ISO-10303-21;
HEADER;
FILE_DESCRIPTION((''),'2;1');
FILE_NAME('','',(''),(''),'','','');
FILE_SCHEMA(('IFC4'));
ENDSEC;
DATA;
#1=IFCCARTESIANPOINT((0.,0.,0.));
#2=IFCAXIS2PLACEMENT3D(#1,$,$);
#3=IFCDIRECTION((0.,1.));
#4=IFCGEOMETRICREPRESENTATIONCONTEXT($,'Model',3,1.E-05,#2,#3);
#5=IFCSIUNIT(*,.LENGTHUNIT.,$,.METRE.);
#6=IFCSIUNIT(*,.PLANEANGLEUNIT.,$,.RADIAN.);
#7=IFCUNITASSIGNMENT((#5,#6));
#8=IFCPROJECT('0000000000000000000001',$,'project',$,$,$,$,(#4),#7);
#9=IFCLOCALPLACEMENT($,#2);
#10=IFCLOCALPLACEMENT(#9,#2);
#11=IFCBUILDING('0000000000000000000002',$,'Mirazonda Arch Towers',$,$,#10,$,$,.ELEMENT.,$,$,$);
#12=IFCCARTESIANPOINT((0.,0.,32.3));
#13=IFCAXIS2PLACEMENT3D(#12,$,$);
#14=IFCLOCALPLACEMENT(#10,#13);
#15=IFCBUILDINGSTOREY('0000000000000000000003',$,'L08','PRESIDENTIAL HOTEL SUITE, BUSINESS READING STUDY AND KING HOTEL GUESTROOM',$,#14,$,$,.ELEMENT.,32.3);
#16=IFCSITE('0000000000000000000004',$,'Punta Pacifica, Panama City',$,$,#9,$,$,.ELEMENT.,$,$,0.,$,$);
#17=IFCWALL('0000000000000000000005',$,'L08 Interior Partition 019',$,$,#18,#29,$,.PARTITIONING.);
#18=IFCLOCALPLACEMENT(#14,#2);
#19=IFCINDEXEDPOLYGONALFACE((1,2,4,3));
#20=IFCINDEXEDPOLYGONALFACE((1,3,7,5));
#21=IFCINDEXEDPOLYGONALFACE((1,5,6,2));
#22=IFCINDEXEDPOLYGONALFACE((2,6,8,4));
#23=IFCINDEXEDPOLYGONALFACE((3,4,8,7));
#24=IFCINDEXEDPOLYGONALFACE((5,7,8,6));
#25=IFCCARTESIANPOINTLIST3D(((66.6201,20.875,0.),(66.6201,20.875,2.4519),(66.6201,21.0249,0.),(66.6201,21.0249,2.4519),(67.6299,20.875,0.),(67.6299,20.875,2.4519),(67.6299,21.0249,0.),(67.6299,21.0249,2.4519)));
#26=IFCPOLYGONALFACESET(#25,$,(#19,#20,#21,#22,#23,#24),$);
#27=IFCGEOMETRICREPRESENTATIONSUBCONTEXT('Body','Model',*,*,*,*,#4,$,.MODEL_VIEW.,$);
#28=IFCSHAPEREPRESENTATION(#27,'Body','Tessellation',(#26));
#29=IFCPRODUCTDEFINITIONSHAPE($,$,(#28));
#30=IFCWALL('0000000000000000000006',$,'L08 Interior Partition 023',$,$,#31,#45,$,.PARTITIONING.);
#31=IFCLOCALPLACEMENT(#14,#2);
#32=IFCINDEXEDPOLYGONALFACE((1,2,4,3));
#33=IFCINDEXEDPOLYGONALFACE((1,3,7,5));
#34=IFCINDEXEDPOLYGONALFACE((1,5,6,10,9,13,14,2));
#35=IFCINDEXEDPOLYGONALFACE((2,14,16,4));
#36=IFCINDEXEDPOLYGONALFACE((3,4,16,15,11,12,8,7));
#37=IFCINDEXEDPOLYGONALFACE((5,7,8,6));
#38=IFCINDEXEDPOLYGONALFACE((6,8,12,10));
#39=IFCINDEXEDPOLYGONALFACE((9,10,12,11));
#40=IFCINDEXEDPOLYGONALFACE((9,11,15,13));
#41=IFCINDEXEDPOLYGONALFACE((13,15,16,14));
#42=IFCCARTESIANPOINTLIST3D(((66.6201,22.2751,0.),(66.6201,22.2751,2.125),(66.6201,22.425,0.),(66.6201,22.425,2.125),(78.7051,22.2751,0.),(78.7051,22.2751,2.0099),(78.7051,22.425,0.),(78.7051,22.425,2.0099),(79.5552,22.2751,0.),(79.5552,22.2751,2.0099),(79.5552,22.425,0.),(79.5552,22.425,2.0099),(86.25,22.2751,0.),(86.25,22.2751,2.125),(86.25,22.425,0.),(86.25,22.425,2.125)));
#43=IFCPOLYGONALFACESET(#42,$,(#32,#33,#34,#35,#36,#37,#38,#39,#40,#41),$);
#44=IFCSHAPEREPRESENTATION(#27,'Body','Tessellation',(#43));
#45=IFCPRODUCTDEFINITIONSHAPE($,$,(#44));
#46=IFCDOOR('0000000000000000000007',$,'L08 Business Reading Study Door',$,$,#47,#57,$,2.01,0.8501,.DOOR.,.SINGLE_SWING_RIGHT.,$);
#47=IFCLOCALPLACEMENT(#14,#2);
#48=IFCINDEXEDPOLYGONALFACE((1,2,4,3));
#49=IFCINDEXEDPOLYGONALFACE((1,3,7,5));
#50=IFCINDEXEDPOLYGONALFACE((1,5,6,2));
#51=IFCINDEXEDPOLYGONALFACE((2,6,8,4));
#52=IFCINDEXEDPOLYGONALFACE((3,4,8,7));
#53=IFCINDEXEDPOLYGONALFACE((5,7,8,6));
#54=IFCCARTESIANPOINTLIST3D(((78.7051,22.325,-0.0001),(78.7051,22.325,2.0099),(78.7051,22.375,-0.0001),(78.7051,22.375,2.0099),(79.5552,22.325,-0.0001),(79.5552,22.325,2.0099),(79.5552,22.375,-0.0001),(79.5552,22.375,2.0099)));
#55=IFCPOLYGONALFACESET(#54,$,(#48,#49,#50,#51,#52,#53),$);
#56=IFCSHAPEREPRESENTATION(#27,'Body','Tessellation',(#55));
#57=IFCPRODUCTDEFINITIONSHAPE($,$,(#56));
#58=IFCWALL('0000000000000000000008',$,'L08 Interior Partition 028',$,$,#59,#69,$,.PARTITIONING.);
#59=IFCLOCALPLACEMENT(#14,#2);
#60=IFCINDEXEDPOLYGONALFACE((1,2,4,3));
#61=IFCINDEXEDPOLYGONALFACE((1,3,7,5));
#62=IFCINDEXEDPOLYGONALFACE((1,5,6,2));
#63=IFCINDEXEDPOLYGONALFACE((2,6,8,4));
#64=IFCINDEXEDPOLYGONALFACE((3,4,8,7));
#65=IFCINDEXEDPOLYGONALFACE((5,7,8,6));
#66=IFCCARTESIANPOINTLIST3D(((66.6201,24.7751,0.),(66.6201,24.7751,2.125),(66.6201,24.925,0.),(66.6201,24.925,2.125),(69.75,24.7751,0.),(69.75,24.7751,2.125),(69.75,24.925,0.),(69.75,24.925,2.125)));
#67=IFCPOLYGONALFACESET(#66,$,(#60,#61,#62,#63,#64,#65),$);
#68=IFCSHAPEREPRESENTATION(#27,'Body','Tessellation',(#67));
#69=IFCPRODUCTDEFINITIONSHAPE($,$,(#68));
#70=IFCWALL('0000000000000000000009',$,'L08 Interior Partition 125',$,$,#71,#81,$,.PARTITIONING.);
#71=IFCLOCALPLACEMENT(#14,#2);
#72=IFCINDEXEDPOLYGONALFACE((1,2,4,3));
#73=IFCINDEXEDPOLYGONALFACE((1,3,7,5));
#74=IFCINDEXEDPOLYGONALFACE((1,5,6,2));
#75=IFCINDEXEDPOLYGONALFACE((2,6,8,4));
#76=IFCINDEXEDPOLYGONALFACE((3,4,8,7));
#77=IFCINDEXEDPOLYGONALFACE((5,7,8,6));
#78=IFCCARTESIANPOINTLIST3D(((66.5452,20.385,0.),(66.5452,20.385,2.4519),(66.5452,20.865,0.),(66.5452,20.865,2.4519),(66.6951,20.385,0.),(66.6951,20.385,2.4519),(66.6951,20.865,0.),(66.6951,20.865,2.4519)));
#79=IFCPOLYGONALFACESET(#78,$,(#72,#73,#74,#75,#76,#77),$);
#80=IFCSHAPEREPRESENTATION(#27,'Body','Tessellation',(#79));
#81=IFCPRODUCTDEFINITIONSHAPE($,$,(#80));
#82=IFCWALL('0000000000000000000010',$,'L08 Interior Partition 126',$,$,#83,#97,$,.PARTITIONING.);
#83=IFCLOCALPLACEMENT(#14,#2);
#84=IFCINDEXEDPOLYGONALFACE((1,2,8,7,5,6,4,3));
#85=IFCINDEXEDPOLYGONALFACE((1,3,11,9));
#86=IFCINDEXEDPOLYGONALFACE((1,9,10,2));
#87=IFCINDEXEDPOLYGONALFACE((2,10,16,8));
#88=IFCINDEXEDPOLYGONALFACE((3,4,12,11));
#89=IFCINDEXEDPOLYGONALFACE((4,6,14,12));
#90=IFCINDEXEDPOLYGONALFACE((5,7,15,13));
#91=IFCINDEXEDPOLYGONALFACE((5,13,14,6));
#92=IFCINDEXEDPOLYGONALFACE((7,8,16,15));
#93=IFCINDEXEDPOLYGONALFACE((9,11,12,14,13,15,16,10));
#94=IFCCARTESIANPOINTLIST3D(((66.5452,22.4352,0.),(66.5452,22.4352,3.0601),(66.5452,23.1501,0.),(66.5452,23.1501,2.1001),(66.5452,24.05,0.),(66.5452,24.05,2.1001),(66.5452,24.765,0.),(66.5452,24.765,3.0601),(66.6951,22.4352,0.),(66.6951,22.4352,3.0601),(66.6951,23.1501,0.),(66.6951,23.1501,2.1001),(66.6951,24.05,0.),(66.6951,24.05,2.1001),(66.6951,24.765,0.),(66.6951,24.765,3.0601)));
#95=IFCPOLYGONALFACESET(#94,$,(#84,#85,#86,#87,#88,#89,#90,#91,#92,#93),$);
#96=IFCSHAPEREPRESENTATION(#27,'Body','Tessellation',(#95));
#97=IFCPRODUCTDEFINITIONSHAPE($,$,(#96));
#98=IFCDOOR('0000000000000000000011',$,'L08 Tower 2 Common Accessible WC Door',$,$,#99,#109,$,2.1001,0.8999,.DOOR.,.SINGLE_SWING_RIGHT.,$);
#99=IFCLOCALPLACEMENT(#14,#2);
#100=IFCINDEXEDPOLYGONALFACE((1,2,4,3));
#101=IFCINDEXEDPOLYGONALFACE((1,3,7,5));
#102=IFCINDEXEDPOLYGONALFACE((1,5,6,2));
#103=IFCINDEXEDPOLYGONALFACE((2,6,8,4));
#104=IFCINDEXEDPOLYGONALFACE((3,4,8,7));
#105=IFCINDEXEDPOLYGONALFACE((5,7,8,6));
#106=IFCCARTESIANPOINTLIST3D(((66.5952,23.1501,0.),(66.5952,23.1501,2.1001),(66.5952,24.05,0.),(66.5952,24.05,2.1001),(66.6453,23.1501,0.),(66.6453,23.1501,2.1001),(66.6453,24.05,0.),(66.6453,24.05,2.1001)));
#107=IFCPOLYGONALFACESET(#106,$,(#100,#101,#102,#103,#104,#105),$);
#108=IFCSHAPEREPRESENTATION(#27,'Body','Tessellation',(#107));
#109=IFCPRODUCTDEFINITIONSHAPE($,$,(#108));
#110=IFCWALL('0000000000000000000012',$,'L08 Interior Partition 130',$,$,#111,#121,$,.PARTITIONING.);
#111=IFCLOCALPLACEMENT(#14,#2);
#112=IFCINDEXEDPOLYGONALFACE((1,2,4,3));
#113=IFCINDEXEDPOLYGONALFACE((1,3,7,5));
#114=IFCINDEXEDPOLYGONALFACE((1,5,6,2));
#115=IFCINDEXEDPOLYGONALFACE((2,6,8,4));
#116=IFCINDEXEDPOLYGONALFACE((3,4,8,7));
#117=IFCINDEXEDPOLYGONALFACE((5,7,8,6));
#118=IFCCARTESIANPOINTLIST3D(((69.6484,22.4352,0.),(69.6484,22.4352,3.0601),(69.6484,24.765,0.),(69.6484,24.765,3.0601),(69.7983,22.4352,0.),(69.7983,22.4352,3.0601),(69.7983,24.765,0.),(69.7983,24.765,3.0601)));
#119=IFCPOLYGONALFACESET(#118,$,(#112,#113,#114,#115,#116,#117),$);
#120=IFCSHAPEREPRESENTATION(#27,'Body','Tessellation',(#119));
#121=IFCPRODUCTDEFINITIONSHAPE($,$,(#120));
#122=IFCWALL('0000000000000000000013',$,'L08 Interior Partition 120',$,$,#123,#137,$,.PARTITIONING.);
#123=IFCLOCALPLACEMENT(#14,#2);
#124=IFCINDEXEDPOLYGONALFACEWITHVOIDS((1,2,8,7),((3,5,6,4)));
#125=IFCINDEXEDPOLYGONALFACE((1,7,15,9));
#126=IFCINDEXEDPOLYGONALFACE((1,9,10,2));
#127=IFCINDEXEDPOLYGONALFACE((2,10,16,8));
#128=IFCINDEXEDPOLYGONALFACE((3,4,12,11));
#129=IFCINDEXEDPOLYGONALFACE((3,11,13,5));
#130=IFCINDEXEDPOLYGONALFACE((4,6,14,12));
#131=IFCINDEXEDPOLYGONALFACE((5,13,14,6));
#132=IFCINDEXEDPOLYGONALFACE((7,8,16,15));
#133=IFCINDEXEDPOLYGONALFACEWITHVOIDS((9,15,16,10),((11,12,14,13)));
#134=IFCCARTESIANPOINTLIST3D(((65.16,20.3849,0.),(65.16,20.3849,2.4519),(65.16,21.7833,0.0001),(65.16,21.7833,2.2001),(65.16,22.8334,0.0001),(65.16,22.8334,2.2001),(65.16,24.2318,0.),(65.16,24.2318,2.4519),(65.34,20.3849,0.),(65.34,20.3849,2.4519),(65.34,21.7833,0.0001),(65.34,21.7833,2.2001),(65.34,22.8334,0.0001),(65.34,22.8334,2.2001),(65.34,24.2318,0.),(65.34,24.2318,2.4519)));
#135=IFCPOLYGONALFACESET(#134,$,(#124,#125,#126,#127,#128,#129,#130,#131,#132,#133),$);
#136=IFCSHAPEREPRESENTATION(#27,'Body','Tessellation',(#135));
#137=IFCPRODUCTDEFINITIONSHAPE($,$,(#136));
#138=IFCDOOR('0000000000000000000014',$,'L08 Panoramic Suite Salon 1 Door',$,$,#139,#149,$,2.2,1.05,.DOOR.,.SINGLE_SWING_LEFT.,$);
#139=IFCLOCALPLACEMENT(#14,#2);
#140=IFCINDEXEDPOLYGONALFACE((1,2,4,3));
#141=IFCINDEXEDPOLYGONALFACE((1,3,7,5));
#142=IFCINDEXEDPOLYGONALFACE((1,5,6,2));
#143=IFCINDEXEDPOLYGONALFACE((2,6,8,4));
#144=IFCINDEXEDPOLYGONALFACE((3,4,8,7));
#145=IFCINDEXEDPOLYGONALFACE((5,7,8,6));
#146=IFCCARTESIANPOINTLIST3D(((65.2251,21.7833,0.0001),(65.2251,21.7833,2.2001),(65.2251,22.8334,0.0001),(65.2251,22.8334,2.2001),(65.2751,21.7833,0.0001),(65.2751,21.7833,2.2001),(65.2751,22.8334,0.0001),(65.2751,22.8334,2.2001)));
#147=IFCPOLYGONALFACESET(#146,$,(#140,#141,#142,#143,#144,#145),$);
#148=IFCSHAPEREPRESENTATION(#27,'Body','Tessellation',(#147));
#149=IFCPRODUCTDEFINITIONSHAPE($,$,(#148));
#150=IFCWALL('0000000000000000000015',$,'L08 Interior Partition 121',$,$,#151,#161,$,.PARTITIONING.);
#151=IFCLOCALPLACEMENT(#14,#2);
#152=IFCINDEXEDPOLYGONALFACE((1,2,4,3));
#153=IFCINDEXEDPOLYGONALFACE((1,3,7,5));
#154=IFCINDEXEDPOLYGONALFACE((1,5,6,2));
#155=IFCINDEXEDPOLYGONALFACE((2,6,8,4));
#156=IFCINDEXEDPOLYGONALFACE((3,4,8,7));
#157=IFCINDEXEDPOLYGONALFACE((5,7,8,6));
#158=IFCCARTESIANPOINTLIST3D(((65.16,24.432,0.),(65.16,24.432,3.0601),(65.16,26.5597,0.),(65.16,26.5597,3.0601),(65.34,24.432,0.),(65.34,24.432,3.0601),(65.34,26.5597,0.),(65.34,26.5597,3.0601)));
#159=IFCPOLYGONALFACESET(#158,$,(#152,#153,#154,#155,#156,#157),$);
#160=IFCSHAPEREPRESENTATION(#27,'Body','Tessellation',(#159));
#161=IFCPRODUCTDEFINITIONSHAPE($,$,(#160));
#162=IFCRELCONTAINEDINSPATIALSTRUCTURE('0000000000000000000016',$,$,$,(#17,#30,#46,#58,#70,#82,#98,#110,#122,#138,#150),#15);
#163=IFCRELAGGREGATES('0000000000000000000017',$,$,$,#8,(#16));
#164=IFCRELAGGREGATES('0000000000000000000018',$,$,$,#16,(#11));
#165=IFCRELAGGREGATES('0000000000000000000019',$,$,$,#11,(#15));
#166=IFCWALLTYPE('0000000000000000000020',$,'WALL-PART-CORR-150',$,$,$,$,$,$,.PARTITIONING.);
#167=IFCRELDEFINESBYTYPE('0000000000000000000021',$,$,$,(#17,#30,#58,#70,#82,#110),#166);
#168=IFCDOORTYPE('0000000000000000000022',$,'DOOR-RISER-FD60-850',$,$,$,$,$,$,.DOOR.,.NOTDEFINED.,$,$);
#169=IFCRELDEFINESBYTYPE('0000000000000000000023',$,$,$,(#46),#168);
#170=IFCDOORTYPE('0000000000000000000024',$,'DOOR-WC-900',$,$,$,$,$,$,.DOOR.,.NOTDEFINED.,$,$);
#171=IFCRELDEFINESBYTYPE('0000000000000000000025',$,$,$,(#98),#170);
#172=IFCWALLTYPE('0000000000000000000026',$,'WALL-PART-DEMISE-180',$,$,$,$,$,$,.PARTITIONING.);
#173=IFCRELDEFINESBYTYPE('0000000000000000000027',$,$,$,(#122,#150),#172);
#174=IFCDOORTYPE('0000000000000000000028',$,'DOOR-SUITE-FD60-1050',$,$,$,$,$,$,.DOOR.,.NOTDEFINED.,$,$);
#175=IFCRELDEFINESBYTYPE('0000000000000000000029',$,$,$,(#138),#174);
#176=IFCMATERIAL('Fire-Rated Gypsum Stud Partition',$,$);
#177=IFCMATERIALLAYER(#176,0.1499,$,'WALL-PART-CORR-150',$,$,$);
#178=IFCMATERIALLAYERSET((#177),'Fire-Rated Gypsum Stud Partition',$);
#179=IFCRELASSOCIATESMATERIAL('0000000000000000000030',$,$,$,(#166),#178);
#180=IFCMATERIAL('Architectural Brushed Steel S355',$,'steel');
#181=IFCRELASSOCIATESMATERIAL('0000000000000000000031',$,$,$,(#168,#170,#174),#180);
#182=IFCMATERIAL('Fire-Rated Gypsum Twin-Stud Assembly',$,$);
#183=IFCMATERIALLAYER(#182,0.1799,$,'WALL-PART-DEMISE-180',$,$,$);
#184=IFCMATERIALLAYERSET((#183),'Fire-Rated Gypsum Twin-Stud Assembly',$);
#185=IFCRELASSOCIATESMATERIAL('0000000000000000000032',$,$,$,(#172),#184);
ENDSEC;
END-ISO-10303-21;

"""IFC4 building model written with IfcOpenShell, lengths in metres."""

from ifc_helpers import new_model, si_unit, direction, frame, frame_2d, origin, place, context, subcontext, project, spatial, rectangle, extrude, material, layer, layer_set, type_object, element, fill, save


model = new_model("IFC4")

# Units and contexts
model_context = context("Model", 3, precision=1e-05, world=origin(), true_north=direction((0.0, 1.0)))
body_context = subcontext(model_context, "Body", "Model", "MODEL_VIEW")
ifc_project = project(units=[si_unit("LENGTHUNIT", "METRE"), si_unit("PLANEANGLEUNIT", "RADIAN")], contexts=[model_context])

# Site, building, storey
site_placement = place(None, origin())
site = spatial("IfcSite", under=ifc_project, at=site_placement, Name="Punta Pacifica, Panama City", CompositionType="ELEMENT", RefElevation=0.0)
building_placement = place(site_placement, origin())
building = spatial("IfcBuilding", under=site, at=building_placement, Name="Mirazonda Arch Towers", CompositionType="ELEMENT")
storey_placement = place(building_placement, frame((0.0, 0.0, 32.3)))
storey = spatial("IfcBuildingStorey", under=building, at=storey_placement, Name="L08", Description="PRESIDENTIAL HOTEL SUITE, BUSINESS READING STUDY AND KING HOTEL GUESTROOM", CompositionType="ELEMENT", Elevation=32.3)

# Shared definitions
ifc_material_1 = material(Name="Architectural Brushed Steel S355", Category="steel")

# Wall
ifc_material_2 = material(Name="Fire-Rated Gypsum Stud Partition")
ifc_layer_1 = layer(ifc_material_2, 0.1499, Name="WALL-PART-CORR-150")
ifc_layer_set_1 = layer_set([ifc_layer_1], Name="Fire-Rated Gypsum Stud Partition")
wall_type_1 = type_object("IfcWallType", Name="WALL-PART-CORR-150", PredefinedType="PARTITIONING", material=ifc_layer_set_1)
wall_1_placement = place(storey_placement, frame((66.6201, 20.95, 0.0), z_axis=(0.0, 0.0, 1.0), x_axis=(1.0, 0.0, 0.0)))
element("IfcWall", 1, at=wall_1_placement, inside=storey, type_object=wall_type_1, Name="L08 Interior Partition 019", PredefinedType="PARTITIONING", context=body_context, shape_type="SweptSolid", body=[
    extrude(rectangle(XDim=1.0098, YDim=0.1499, at=frame_2d((0.5049, 0.0))), origin(), (0.0, 0.0, 1.0), 2.4519),
])

# Wall, opening, door
wall_2_placement = place(storey_placement, frame((66.6201, 22.3501, 0.0), z_axis=(0.0, 0.0, 1.0), x_axis=(1.0, 0.0, 0.0)))
wall_2 = element("IfcWall", 2, at=wall_2_placement, inside=storey, type_object=wall_type_1, Name="L08 Interior Partition 023", PredefinedType="PARTITIONING", context=body_context, shape_type="SweptSolid", body=[
    extrude(rectangle(XDim=19.6299, YDim=0.1499, at=frame_2d((9.8149, 0.0))), origin(), (0.0, 0.0, 1.0), 2.125),
])
opening_1_placement = place(wall_2_placement, frame((12.085, 0.0, 0.0)))
opening_1 = element("IfcOpeningElement", 3, at=opening_1_placement, cuts=wall_2, PredefinedType="OPENING", context=body_context, shape_type="SweptSolid", body=[
    extrude(rectangle(XDim=0.8501, YDim=2.01, at=frame_2d((0.425, 1.0049))), frame((0.0, 0.085, 0.0), z_axis=(0.0, -1.0, 0.0), x_axis=(1.0, 0.0, 0.0)), (0.0, 0.0, 1.0), 0.1699),
])
door_type_1 = type_object("IfcDoorType", Name="DOOR-RISER-FD60-850", OperationType="NOTDEFINED", PredefinedType="DOOR", material=ifc_material_1)
door_1_placement = place(opening_1_placement, origin())
door_1 = element("IfcDoor", 4, at=door_1_placement, inside=storey, type_object=door_type_1, Name="L08 Business Reading Study Door", OperationType="SINGLE_SWING_RIGHT", OverallHeight=2.01, OverallWidth=0.8501, PredefinedType="DOOR", context=body_context, shape_type="SweptSolid", body=[
    extrude(rectangle(XDim=0.8501, YDim=2.01, at=frame_2d((0.425, 1.0049))), frame((0.0, 0.0249, 0.0), z_axis=(0.0, -1.0, 0.0), x_axis=(1.0, 0.0, 0.0)), (0.0, 0.0, 1.0), 0.05),
])
fill(opening_1, door_1)

# Walls
wall_3_placement = place(storey_placement, frame((66.6201, 24.8501, 0.0), z_axis=(0.0, 0.0, 1.0), x_axis=(1.0, 0.0, 0.0)))
element("IfcWall", 5, at=wall_3_placement, inside=storey, type_object=wall_type_1, Name="L08 Interior Partition 028", PredefinedType="PARTITIONING", context=body_context, shape_type="SweptSolid", body=[
    extrude(rectangle(XDim=3.1299, YDim=0.1499, at=frame_2d((1.5649, 0.0))), origin(), (0.0, 0.0, 1.0), 2.125),
])
wall_4_placement = place(storey_placement, frame((66.6201, 20.385, 0.0), z_axis=(0.0, 0.0, 1.0), x_axis=(0.0, 1.0, 0.0)))
element("IfcWall", 6, at=wall_4_placement, inside=storey, type_object=wall_type_1, Name="L08 Interior Partition 125", PredefinedType="PARTITIONING", context=body_context, shape_type="SweptSolid", body=[
    extrude(rectangle(XDim=0.48, YDim=0.1499, at=frame_2d((0.24, 0.0))), origin(), (0.0, 0.0, 1.0), 2.4519),
])

# Wall, opening, door
wall_5_placement = place(storey_placement, frame((66.6201, 22.4351, 0.0), z_axis=(0.0, 0.0, 1.0), x_axis=(0.0, 1.0, 0.0)))
wall_5 = element("IfcWall", 7, at=wall_5_placement, inside=storey, type_object=wall_type_1, Name="L08 Interior Partition 126", PredefinedType="PARTITIONING", context=body_context, shape_type="SweptSolid", body=[
    extrude(rectangle(XDim=2.3298, YDim=0.1499, at=frame_2d((1.165, 0.0))), origin(), (0.0, 0.0, 1.0), 3.0601),
])
opening_2_placement = place(wall_5_placement, frame((0.7151, 0.0, 0.0)))
opening_2 = element("IfcOpeningElement", 8, at=opening_2_placement, cuts=wall_5, PredefinedType="OPENING", context=body_context, shape_type="SweptSolid", body=[
    extrude(rectangle(XDim=0.8999, YDim=2.1001, at=frame_2d((0.45, 1.05))), frame((0.0, 0.085, 0.0), z_axis=(0.0, -1.0, 0.0), x_axis=(1.0, 0.0, 0.0)), (0.0, 0.0, 1.0), 0.1699),
])
door_type_2 = type_object("IfcDoorType", Name="DOOR-WC-900", OperationType="NOTDEFINED", PredefinedType="DOOR", material=ifc_material_1)
door_2_placement = place(opening_2_placement, origin())
door_2 = element("IfcDoor", 9, at=door_2_placement, inside=storey, type_object=door_type_2, Name="L08 Tower 2 Common Accessible WC Door", OperationType="SINGLE_SWING_RIGHT", OverallHeight=2.1001, OverallWidth=0.8999, PredefinedType="DOOR", context=body_context, shape_type="SweptSolid", body=[
    extrude(rectangle(XDim=0.8999, YDim=2.1001, at=frame_2d((0.45, 1.05))), frame((0.0, 0.0249, 0.0), z_axis=(0.0, -1.0, 0.0), x_axis=(1.0, 0.0, 0.0)), (0.0, 0.0, 1.0), 0.05),
])
fill(opening_2, door_2)

# Wall
wall_6_placement = place(storey_placement, frame((69.7234, 22.4351, 0.0), z_axis=(0.0, 0.0, 1.0), x_axis=(0.0, 1.0, 0.0)))
element("IfcWall", 10, at=wall_6_placement, inside=storey, type_object=wall_type_1, Name="L08 Interior Partition 130", PredefinedType="PARTITIONING", context=body_context, shape_type="SweptSolid", body=[
    extrude(rectangle(XDim=2.3298, YDim=0.1499, at=frame_2d((1.165, 0.0))), origin(), (0.0, 0.0, 1.0), 3.0601),
])

# Wall, opening, door
ifc_material_3 = material(Name="Fire-Rated Gypsum Twin-Stud Assembly")
ifc_layer_2 = layer(ifc_material_3, 0.1799, Name="WALL-PART-DEMISE-180")
ifc_layer_set_2 = layer_set([ifc_layer_2], Name="Fire-Rated Gypsum Twin-Stud Assembly")
wall_type_2 = type_object("IfcWallType", Name="WALL-PART-DEMISE-180", PredefinedType="PARTITIONING", material=ifc_layer_set_2)
wall_7_placement = place(storey_placement, frame((65.25, 20.385, 0.0), z_axis=(0.0, 0.0, 1.0), x_axis=(0.0, 1.0, 0.0)))
wall_7 = element("IfcWall", 11, at=wall_7_placement, inside=storey, type_object=wall_type_2, Name="L08 Interior Partition 120", PredefinedType="PARTITIONING", context=body_context, shape_type="SweptSolid", body=[
    extrude(rectangle(XDim=3.8469, YDim=0.1799, at=frame_2d((1.9233, 0.0))), origin(), (0.0, 0.0, 1.0), 2.4519),
])
opening_3_placement = place(wall_7_placement, frame((1.3984, 0.0, 0.0)))
opening_3 = element("IfcOpeningElement", 12, at=opening_3_placement, cuts=wall_7, PredefinedType="OPENING", context=body_context, shape_type="SweptSolid", body=[
    extrude(rectangle(XDim=1.05, YDim=2.2, at=frame_2d((0.5249, 1.1001))), frame((0.0, 0.0999, 0.0), z_axis=(0.0, -1.0, 0.0), x_axis=(1.0, 0.0, 0.0)), (0.0, 0.0, 1.0), 0.2),
])
door_type_3 = type_object("IfcDoorType", Name="DOOR-SUITE-FD60-1050", OperationType="NOTDEFINED", PredefinedType="DOOR", material=ifc_material_1)
door_3_placement = place(opening_3_placement, origin())
door_3 = element("IfcDoor", 13, at=door_3_placement, inside=storey, type_object=door_type_3, Name="L08 Panoramic Suite Salon 1 Door", OperationType="SINGLE_SWING_LEFT", OverallHeight=2.2, OverallWidth=1.05, PredefinedType="DOOR", context=body_context, shape_type="SweptSolid", body=[
    extrude(rectangle(XDim=1.05, YDim=2.2, at=frame_2d((0.5249, 1.1001))), frame((0.0, 0.0249, 0.0), z_axis=(0.0, -1.0, 0.0), x_axis=(1.0, 0.0, 0.0)), (0.0, 0.0, 1.0), 0.05),
])
fill(opening_3, door_3)

# Wall
wall_8_placement = place(storey_placement, frame((65.25, 24.4319, 0.0), z_axis=(0.0, 0.0, 1.0), x_axis=(0.0, 1.0, 0.0)))
element("IfcWall", 14, at=wall_8_placement, inside=storey, type_object=wall_type_2, Name="L08 Interior Partition 121", PredefinedType="PARTITIONING", context=body_context, shape_type="SweptSolid", body=[
    extrude(rectangle(XDim=2.1277, YDim=0.1799, at=frame_2d((1.064, 0.0))), origin(), (0.0, 0.0, 1.0), 3.0601),
])

save(model, "model.ifc")
